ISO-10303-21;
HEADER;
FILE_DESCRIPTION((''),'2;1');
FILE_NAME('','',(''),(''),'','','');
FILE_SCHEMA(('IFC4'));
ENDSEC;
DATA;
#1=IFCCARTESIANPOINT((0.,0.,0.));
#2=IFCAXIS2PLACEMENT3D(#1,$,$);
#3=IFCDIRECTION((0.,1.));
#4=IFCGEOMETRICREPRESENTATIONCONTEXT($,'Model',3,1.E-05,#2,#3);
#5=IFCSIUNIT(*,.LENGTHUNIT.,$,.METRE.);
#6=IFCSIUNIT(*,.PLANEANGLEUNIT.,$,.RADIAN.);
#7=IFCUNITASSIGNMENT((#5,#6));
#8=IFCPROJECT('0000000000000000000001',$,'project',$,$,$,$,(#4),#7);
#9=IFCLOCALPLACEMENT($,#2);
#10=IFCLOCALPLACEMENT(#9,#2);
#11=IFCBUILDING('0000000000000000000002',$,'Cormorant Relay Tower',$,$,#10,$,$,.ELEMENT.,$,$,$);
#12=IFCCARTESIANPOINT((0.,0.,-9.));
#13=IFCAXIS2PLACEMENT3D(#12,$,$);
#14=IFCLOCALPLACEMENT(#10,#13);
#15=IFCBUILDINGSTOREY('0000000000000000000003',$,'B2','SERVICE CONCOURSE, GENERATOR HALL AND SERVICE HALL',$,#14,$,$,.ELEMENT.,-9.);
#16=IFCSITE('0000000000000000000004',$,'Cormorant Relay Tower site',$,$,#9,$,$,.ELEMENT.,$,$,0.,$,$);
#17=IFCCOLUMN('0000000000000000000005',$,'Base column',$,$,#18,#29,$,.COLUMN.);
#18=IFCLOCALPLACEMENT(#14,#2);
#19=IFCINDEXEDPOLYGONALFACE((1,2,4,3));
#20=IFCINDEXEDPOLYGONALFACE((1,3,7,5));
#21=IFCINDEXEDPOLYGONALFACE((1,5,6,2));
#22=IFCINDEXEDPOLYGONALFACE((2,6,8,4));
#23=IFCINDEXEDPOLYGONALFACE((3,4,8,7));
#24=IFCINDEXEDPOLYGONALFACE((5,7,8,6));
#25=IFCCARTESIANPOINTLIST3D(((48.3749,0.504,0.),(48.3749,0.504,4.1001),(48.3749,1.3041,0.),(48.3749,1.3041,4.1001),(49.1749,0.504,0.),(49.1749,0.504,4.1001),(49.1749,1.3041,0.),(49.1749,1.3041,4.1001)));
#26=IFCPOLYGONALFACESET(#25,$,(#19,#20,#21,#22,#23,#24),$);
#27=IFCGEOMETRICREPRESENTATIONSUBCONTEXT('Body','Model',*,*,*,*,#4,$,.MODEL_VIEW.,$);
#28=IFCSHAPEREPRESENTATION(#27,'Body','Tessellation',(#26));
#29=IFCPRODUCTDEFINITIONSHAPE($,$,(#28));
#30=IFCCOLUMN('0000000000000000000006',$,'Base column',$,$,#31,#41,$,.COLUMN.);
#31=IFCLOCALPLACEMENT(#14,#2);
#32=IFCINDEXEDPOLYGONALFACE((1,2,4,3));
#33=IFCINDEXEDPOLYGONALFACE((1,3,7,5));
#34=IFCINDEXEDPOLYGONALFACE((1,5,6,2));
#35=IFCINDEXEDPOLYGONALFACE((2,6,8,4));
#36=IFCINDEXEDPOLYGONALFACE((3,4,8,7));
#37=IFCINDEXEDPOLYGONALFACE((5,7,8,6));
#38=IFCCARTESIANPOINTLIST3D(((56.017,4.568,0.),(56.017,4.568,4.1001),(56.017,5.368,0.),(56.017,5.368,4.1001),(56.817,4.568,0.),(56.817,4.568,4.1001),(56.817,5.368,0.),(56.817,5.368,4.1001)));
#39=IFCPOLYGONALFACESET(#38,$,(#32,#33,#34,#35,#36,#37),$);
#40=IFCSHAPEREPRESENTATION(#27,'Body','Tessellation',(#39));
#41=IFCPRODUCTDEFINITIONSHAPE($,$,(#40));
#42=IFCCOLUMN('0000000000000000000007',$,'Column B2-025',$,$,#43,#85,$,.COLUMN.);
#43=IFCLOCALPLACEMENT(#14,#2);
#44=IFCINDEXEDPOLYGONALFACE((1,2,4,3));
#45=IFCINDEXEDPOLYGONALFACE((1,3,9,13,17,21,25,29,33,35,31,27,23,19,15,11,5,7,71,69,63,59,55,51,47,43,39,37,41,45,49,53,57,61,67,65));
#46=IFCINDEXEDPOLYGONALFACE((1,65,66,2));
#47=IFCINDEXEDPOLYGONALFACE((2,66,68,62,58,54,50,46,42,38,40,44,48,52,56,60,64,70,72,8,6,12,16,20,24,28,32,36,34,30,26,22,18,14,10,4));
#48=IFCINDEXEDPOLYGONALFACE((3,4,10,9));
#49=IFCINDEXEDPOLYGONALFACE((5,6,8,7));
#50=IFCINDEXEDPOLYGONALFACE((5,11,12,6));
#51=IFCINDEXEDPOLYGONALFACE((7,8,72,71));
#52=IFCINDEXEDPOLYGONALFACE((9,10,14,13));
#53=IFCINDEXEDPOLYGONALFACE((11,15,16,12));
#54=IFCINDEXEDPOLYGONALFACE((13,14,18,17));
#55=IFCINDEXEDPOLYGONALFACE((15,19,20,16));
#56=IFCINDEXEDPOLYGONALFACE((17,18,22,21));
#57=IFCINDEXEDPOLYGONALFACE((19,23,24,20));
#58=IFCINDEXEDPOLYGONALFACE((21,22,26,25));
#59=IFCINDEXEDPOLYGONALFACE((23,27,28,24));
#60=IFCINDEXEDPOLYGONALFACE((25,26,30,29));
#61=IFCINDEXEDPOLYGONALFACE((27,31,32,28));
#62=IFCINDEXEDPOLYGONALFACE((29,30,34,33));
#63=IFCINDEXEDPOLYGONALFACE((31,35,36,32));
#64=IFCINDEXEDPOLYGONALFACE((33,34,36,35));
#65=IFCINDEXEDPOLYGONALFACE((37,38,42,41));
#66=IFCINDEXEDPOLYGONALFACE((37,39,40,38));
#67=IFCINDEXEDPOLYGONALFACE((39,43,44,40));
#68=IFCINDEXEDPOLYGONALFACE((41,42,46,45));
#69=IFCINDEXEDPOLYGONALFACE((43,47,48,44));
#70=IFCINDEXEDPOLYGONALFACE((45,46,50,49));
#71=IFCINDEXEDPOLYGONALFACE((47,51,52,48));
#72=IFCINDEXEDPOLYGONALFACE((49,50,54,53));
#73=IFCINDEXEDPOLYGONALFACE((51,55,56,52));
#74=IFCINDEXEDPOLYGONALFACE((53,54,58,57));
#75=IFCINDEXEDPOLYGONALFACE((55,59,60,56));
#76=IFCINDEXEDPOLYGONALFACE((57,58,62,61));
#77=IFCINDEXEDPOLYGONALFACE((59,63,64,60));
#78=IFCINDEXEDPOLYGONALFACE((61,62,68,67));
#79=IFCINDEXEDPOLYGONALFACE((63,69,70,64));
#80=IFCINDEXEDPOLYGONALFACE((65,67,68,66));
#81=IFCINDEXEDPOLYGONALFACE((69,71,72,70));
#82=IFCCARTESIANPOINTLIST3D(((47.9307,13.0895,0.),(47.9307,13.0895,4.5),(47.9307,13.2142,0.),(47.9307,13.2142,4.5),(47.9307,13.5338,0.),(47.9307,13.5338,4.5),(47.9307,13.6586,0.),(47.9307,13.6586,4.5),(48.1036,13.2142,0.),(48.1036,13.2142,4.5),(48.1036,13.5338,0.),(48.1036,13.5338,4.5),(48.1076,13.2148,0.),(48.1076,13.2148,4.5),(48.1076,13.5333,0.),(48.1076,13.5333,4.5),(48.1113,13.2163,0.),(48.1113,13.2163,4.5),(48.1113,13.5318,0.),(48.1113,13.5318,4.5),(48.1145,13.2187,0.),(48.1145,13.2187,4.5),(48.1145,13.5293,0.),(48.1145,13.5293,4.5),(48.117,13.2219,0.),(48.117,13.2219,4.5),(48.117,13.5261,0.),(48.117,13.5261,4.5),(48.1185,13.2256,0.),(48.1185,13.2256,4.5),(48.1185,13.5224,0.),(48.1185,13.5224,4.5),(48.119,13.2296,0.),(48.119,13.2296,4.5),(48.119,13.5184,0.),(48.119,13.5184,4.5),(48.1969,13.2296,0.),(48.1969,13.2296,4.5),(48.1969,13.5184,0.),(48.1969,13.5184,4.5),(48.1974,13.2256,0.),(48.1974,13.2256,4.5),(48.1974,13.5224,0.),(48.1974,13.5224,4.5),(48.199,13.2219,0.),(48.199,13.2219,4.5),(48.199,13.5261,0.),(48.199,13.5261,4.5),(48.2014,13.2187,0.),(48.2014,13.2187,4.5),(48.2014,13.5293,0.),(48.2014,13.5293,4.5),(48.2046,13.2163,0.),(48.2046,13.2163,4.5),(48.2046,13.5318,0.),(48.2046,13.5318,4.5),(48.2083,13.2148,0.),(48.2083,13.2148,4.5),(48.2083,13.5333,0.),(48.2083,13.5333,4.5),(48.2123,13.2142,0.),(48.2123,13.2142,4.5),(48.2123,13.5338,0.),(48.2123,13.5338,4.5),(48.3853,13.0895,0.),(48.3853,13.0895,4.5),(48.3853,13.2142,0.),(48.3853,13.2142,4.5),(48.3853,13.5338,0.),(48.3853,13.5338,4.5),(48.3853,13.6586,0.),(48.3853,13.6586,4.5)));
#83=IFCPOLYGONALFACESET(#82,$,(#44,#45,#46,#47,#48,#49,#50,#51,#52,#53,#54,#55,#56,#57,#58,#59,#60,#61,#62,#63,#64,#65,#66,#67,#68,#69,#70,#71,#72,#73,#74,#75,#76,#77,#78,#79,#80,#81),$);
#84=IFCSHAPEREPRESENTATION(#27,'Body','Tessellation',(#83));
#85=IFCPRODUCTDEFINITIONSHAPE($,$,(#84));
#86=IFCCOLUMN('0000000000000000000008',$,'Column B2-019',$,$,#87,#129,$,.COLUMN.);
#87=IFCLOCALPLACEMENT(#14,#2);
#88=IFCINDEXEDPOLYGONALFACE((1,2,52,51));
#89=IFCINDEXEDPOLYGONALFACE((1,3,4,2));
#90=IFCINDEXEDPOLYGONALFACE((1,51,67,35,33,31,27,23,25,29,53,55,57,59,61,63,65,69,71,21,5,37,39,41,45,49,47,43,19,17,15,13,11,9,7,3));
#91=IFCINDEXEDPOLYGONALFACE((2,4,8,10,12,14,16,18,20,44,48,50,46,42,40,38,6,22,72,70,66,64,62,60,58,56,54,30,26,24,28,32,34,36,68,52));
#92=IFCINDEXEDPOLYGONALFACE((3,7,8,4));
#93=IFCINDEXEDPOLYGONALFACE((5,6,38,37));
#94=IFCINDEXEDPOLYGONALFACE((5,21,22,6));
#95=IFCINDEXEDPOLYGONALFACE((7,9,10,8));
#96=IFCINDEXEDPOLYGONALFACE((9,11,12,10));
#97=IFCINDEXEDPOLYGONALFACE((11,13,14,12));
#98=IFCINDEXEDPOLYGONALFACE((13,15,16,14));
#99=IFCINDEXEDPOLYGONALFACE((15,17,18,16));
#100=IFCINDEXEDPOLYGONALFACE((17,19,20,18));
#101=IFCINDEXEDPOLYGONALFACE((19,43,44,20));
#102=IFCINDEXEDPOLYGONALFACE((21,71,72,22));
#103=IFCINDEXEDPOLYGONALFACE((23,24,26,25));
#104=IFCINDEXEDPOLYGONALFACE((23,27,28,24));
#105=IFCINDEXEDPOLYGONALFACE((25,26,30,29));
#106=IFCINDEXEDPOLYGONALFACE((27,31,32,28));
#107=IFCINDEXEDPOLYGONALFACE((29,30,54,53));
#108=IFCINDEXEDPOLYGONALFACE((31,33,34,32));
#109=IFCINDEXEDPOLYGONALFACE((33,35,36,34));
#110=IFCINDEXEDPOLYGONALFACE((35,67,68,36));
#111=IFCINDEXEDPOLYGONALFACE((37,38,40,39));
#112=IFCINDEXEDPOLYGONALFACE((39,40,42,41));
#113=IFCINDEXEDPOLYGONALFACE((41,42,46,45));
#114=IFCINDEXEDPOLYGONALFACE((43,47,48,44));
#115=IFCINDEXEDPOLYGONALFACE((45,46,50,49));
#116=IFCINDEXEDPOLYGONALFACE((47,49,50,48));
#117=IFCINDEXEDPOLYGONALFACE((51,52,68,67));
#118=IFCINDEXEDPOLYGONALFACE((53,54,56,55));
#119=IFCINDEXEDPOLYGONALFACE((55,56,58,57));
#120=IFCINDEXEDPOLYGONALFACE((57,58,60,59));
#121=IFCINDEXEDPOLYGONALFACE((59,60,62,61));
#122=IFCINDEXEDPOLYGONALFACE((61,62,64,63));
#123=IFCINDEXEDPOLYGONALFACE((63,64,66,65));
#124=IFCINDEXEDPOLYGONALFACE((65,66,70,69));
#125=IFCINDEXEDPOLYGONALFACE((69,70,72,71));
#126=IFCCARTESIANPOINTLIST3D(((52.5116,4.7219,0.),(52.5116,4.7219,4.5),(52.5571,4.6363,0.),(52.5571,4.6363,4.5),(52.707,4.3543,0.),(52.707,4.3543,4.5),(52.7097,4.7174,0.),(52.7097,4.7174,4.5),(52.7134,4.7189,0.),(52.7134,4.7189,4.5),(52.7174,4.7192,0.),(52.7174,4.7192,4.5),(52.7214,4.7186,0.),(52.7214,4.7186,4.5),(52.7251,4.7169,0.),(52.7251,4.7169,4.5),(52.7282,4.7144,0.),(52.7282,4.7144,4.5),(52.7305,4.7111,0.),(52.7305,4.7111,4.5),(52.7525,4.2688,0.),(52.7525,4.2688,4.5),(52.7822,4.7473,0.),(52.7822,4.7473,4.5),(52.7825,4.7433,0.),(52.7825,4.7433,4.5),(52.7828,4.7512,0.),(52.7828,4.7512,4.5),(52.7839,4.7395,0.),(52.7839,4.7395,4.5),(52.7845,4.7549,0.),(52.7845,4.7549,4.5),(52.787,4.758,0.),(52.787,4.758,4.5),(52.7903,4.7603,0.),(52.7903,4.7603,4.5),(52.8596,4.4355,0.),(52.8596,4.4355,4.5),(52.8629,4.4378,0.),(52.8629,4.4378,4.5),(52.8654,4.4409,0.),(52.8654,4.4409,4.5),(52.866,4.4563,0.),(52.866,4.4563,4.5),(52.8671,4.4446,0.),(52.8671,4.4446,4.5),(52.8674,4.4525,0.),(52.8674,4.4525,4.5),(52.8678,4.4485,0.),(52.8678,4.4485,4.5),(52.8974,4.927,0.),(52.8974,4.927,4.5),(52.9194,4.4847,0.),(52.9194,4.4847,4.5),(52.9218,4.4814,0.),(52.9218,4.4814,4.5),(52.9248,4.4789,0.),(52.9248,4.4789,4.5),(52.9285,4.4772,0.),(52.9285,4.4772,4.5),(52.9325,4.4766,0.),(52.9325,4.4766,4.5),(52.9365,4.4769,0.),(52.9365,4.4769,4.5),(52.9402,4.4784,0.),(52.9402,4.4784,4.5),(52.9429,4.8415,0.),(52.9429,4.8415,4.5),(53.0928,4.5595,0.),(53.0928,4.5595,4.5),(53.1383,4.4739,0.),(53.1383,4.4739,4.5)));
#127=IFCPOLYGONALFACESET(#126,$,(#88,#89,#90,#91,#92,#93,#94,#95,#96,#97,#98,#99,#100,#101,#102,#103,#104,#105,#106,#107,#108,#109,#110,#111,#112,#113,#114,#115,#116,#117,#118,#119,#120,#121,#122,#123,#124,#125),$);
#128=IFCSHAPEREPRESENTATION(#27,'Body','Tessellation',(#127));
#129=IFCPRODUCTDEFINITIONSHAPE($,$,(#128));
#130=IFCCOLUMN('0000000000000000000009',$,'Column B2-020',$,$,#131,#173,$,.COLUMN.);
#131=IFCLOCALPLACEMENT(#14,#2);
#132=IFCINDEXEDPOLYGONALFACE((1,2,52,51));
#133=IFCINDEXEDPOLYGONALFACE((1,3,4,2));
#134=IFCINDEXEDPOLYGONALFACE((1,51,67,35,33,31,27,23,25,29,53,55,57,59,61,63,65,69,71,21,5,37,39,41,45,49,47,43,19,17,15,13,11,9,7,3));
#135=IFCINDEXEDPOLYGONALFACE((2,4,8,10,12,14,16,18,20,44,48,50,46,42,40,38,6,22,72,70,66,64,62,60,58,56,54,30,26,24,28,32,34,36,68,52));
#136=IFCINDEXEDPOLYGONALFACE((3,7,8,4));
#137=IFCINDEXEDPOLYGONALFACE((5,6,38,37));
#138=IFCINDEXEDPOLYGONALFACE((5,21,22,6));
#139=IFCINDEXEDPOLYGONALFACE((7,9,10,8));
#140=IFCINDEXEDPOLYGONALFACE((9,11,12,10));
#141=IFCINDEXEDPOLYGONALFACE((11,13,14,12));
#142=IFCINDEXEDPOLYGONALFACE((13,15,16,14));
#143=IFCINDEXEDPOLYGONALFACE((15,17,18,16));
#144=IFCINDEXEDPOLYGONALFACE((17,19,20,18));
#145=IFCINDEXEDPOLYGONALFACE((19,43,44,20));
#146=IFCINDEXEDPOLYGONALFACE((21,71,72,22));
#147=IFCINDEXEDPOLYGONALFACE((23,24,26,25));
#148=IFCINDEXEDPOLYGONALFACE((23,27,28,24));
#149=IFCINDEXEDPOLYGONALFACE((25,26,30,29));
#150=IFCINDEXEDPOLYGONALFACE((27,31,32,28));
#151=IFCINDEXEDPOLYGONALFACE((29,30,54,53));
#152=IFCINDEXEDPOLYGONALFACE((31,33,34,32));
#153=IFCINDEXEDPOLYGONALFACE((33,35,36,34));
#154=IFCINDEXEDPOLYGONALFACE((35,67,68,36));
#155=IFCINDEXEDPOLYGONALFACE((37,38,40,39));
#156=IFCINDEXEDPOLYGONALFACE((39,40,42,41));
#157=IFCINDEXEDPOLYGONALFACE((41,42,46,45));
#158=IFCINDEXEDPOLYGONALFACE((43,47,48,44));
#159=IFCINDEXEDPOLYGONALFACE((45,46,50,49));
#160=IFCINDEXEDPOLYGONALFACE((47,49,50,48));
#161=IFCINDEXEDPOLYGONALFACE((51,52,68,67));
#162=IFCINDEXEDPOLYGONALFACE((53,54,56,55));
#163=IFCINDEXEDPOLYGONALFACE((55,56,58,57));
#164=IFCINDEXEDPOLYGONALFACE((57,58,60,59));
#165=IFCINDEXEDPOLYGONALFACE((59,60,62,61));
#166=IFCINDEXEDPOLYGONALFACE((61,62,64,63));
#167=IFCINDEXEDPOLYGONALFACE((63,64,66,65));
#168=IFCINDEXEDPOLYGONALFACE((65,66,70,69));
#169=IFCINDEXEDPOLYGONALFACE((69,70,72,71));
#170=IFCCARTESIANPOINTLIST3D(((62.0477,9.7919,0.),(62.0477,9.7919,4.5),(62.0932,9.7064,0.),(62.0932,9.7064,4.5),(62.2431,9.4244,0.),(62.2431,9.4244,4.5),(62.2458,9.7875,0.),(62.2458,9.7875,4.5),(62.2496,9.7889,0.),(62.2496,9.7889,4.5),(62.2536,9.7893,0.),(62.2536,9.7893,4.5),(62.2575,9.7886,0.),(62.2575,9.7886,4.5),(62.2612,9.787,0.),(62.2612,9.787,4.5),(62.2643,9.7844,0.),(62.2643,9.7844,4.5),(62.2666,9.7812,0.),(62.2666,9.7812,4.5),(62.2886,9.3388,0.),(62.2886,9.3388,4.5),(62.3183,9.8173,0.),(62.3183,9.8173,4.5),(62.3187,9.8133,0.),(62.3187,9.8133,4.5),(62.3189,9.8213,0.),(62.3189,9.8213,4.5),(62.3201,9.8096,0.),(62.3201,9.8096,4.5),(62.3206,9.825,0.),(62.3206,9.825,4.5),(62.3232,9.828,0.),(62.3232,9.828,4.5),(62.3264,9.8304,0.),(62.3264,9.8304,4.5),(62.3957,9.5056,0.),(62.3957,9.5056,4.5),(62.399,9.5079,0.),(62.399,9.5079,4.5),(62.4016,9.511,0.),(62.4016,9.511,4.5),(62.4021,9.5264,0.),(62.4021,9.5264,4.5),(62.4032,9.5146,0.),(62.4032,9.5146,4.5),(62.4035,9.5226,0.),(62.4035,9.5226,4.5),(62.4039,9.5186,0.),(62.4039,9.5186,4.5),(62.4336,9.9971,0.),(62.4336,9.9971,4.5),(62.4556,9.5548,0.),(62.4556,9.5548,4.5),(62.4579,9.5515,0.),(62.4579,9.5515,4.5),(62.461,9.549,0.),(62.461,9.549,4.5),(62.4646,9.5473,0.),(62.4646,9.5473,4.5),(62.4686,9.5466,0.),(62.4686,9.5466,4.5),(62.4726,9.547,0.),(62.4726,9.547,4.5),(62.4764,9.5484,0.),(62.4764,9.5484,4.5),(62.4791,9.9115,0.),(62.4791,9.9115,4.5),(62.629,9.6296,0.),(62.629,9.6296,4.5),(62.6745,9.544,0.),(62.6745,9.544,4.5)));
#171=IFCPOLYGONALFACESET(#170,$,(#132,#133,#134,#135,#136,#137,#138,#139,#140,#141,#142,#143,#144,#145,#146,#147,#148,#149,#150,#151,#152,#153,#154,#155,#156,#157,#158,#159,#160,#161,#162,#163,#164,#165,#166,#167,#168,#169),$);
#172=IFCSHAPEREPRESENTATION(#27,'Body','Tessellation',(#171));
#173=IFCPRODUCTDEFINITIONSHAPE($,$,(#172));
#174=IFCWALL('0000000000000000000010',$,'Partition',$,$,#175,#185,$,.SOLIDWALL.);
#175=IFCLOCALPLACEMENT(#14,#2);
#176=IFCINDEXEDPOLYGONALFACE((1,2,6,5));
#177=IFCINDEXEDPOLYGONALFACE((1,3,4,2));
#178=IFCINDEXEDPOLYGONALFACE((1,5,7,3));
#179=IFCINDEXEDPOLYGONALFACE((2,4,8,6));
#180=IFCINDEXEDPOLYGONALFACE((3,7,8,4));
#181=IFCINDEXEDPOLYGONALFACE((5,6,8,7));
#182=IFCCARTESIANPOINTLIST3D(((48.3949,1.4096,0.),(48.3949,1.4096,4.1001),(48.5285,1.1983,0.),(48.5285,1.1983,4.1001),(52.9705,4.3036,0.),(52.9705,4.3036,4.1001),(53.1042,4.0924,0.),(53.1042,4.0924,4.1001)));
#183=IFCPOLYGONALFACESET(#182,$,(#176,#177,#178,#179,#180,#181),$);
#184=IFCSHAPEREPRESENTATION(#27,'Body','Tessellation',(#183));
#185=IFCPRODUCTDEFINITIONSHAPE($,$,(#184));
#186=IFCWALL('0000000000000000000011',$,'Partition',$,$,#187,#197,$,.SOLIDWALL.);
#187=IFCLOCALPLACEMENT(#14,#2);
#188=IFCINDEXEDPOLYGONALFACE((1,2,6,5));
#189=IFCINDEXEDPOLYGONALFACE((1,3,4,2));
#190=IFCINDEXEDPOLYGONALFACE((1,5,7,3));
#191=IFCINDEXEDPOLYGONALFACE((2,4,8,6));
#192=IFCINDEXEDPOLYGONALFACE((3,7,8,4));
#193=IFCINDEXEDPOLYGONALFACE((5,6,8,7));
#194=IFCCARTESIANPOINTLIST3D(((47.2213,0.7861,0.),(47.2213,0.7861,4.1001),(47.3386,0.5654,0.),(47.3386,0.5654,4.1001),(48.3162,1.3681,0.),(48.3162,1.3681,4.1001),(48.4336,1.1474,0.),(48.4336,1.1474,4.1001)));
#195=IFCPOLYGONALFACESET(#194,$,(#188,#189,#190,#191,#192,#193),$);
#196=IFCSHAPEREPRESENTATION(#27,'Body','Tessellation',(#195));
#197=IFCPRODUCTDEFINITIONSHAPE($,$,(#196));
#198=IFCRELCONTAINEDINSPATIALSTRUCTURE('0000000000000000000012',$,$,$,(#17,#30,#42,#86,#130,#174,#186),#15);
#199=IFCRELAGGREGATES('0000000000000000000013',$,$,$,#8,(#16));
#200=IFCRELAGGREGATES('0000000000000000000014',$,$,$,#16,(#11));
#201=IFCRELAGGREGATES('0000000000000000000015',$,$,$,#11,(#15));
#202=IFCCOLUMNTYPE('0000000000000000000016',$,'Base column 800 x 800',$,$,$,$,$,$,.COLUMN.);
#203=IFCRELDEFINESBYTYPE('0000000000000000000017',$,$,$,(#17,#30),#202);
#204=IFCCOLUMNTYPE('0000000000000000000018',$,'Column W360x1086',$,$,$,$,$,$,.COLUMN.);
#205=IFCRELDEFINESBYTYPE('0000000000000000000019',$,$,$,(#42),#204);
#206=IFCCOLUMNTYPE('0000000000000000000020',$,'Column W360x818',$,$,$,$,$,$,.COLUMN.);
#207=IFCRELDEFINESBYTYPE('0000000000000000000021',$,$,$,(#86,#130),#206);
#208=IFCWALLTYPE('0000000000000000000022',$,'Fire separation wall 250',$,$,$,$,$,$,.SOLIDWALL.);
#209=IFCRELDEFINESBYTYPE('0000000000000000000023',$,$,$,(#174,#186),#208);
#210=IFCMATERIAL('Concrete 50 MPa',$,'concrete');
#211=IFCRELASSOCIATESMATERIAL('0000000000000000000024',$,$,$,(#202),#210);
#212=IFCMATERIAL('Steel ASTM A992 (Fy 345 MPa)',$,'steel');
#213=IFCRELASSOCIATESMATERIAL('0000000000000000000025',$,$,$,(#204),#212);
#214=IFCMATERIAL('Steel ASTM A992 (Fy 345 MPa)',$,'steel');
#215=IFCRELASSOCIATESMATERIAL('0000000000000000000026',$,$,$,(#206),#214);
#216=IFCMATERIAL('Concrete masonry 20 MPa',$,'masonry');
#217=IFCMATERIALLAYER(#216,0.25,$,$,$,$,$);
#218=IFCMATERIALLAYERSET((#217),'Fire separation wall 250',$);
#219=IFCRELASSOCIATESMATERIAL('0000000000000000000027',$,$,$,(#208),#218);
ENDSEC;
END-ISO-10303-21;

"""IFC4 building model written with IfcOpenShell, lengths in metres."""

from ifc_helpers import new_model, si_unit, direction, frame, frame_2d, origin, origin_2d, place, context, subcontext, project, spatial, rectangle, i_section, extrude, material, layer, layer_set, material_profile, profile_set, type_object, element, save


model = new_model("IFC4")

# Units and contexts
model_context = context("Model", 3, precision=1e-05, world=origin(), true_north=direction((0.0, 1.0)))
body_context = subcontext(model_context, "Body", "Model", "MODEL_VIEW")
ifc_project = project(units=[si_unit("LENGTHUNIT", "METRE"), si_unit("PLANEANGLEUNIT", "RADIAN")], contexts=[model_context])

# Site, building, storey
site_placement = place(None, origin())
site = spatial("IfcSite", under=ifc_project, at=site_placement, Name="Cormorant Relay Tower site", CompositionType="ELEMENT", RefElevation=0.0)
building_placement = place(site_placement, origin())
building = spatial("IfcBuilding", under=site, at=building_placement, Name="Cormorant Relay Tower", CompositionType="ELEMENT")
storey_placement = place(building_placement, frame((0.0, 0.0, -9.0)))
storey = spatial("IfcBuildingStorey", under=building, at=storey_placement, Name="B2", Description="SERVICE CONCOURSE, GENERATOR HALL AND SERVICE HALL", CompositionType="ELEMENT", Elevation=-9.0)

# Columns
ifc_material_1 = material(Name="Concrete 50 MPa", Category="concrete")
ifc_material_profile_1 = material_profile(ifc_material_1, rectangle(XDim=0.8, YDim=0.8, at=origin_2d()), Name="RC 800x800")
ifc_profile_set_1 = profile_set([ifc_material_profile_1], Name="Concrete 50 MPa")
column_type_1 = type_object("IfcColumnType", Name="Base column 800 x 800", PredefinedType="COLUMN", material=ifc_profile_set_1)
for number, where, z_axis, x_axis, name in (
    (1, (48.7749, 0.9041, 0.0), (0.0, 0.0, 1.0), (1.0, 0.0, 0.0), "Base column"),
    (2, (56.417, 4.968, 0.0), (0.0, 0.0, 1.0), (1.0, 0.0, 0.0), "Base column"),
):
    element("IfcColumn", number, at=place(storey_placement, frame(where, z_axis=z_axis, x_axis=x_axis)), inside=storey, type_object=column_type_1, Name=name, PredefinedType="COLUMN", context=body_context, shape_type="SweptSolid", body=[
        extrude(rectangle(XDim=0.8, YDim=0.8, at=origin_2d()), origin(), (0.0, 0.0, 1.0), 4.1001),
    ])
ifc_material_2 = material(Name="Steel ASTM A992 (Fy 345 MPa)", Category="steel")
ifc_material_profile_2 = material_profile(ifc_material_2, i_section(OverallWidth=0.4546, OverallDepth=0.5691, WebThickness=0.0779, FlangeThickness=0.1248, FilletRadius=0.0154, at=origin_2d()), Name="W360x1086")
ifc_profile_set_2 = profile_set([ifc_material_profile_2], Name="Steel ASTM A992 (Fy 345 MPa)")
column_type_2 = type_object("IfcColumnType", Name="Column W360x1086", PredefinedType="COLUMN", material=ifc_profile_set_2)
column_placement = place(storey_placement, frame((48.158, 13.374, 0.0), z_axis=(0.0, 0.0, 1.0), x_axis=(1.0, 0.0, 0.0)))
element("IfcColumn", 3, at=column_placement, inside=storey, type_object=column_type_2, Name="Column B2-025", PredefinedType="COLUMN", context=body_context, shape_type="SweptSolid", body=[
    extrude(i_section(OverallWidth=0.4546, OverallDepth=0.5691, WebThickness=0.0779, FlangeThickness=0.1248, FilletRadius=0.0154, at=origin_2d()), origin(), (0.0, 0.0, 1.0), 4.5),
])
ifc_material_3 = material(Name="Steel ASTM A992 (Fy 345 MPa)", Category="steel")
ifc_material_profile_3 = material_profile(ifc_material_3, i_section(OverallWidth=0.437, OverallDepth=0.5132, WebThickness=0.0605, FlangeThickness=0.0969, FilletRadius=0.0154, at=origin_2d()), Name="W360x818")
ifc_profile_set_3 = profile_set([ifc_material_profile_3], Name="Steel ASTM A992 (Fy 345 MPa)")
column_type_3 = type_object("IfcColumnType", Name="Column W360x818", PredefinedType="COLUMN", material=ifc_profile_set_3)
for number, where, z_axis, x_axis, name in (
    (4, (52.825, 4.5979, 0.0), (0.0, 0.0, 1.0), (0.882948, 0.469472, 0.0), "Column B2-019"),
    (5, (62.3611, 9.668, 0.0), (0.0, 0.0, 1.0), (0.882948, 0.469472, 0.0), "Column B2-020"),
):
    element("IfcColumn", number, at=place(storey_placement, frame(where, z_axis=z_axis, x_axis=x_axis)), inside=storey, type_object=column_type_3, Name=name, PredefinedType="COLUMN", context=body_context, shape_type="SweptSolid", body=[
        extrude(i_section(OverallWidth=0.437, OverallDepth=0.5132, WebThickness=0.0605, FlangeThickness=0.0969, FilletRadius=0.0154, at=origin_2d()), origin(), (0.0, 0.0, 1.0), 4.5),
    ])

# Walls
ifc_material_4 = material(Name="Concrete masonry 20 MPa", Category="masonry")
ifc_layer_1 = layer(ifc_material_4, 0.25)
ifc_layer_set_1 = layer_set([ifc_layer_1], Name="Fire separation wall 250")
wall_type_1 = type_object("IfcWallType", Name="Fire separation wall 250", PredefinedType="SOLIDWALL", material=ifc_layer_set_1)
wall_1_placement = place(storey_placement, frame((53.0374, 4.198, 0.0), z_axis=(0.0, 0.0, 1.0), x_axis=(-0.845144, -0.534539, 0.0)))
element("IfcWall", 6, at=wall_1_placement, inside=storey, type_object=wall_type_1, Name="Partition", PredefinedType="SOLIDWALL", context=body_context, shape_type="SweptSolid", body=[
    extrude(rectangle(XDim=5.4141, YDim=0.25, at=frame_2d((2.707, 0.0))), origin(), (0.0, 0.0, 1.0), 4.1001),
])
wall_2_placement = place(storey_placement, frame((48.375, 1.2578, 0.0), z_axis=(0.0, 0.0, 1.0), x_axis=(-0.883006, -0.469362, 0.0)))
element("IfcWall", 7, at=wall_2_placement, inside=storey, type_object=wall_type_1, Name="Partition", PredefinedType="SOLIDWALL", context=body_context, shape_type="SweptSolid", body=[
    extrude(rectangle(XDim=1.24, YDim=0.25, at=frame_2d((0.6201, 0.0))), origin(), (0.0, 0.0, 1.0), 4.1001),
])

save(model, "model.ifc")
